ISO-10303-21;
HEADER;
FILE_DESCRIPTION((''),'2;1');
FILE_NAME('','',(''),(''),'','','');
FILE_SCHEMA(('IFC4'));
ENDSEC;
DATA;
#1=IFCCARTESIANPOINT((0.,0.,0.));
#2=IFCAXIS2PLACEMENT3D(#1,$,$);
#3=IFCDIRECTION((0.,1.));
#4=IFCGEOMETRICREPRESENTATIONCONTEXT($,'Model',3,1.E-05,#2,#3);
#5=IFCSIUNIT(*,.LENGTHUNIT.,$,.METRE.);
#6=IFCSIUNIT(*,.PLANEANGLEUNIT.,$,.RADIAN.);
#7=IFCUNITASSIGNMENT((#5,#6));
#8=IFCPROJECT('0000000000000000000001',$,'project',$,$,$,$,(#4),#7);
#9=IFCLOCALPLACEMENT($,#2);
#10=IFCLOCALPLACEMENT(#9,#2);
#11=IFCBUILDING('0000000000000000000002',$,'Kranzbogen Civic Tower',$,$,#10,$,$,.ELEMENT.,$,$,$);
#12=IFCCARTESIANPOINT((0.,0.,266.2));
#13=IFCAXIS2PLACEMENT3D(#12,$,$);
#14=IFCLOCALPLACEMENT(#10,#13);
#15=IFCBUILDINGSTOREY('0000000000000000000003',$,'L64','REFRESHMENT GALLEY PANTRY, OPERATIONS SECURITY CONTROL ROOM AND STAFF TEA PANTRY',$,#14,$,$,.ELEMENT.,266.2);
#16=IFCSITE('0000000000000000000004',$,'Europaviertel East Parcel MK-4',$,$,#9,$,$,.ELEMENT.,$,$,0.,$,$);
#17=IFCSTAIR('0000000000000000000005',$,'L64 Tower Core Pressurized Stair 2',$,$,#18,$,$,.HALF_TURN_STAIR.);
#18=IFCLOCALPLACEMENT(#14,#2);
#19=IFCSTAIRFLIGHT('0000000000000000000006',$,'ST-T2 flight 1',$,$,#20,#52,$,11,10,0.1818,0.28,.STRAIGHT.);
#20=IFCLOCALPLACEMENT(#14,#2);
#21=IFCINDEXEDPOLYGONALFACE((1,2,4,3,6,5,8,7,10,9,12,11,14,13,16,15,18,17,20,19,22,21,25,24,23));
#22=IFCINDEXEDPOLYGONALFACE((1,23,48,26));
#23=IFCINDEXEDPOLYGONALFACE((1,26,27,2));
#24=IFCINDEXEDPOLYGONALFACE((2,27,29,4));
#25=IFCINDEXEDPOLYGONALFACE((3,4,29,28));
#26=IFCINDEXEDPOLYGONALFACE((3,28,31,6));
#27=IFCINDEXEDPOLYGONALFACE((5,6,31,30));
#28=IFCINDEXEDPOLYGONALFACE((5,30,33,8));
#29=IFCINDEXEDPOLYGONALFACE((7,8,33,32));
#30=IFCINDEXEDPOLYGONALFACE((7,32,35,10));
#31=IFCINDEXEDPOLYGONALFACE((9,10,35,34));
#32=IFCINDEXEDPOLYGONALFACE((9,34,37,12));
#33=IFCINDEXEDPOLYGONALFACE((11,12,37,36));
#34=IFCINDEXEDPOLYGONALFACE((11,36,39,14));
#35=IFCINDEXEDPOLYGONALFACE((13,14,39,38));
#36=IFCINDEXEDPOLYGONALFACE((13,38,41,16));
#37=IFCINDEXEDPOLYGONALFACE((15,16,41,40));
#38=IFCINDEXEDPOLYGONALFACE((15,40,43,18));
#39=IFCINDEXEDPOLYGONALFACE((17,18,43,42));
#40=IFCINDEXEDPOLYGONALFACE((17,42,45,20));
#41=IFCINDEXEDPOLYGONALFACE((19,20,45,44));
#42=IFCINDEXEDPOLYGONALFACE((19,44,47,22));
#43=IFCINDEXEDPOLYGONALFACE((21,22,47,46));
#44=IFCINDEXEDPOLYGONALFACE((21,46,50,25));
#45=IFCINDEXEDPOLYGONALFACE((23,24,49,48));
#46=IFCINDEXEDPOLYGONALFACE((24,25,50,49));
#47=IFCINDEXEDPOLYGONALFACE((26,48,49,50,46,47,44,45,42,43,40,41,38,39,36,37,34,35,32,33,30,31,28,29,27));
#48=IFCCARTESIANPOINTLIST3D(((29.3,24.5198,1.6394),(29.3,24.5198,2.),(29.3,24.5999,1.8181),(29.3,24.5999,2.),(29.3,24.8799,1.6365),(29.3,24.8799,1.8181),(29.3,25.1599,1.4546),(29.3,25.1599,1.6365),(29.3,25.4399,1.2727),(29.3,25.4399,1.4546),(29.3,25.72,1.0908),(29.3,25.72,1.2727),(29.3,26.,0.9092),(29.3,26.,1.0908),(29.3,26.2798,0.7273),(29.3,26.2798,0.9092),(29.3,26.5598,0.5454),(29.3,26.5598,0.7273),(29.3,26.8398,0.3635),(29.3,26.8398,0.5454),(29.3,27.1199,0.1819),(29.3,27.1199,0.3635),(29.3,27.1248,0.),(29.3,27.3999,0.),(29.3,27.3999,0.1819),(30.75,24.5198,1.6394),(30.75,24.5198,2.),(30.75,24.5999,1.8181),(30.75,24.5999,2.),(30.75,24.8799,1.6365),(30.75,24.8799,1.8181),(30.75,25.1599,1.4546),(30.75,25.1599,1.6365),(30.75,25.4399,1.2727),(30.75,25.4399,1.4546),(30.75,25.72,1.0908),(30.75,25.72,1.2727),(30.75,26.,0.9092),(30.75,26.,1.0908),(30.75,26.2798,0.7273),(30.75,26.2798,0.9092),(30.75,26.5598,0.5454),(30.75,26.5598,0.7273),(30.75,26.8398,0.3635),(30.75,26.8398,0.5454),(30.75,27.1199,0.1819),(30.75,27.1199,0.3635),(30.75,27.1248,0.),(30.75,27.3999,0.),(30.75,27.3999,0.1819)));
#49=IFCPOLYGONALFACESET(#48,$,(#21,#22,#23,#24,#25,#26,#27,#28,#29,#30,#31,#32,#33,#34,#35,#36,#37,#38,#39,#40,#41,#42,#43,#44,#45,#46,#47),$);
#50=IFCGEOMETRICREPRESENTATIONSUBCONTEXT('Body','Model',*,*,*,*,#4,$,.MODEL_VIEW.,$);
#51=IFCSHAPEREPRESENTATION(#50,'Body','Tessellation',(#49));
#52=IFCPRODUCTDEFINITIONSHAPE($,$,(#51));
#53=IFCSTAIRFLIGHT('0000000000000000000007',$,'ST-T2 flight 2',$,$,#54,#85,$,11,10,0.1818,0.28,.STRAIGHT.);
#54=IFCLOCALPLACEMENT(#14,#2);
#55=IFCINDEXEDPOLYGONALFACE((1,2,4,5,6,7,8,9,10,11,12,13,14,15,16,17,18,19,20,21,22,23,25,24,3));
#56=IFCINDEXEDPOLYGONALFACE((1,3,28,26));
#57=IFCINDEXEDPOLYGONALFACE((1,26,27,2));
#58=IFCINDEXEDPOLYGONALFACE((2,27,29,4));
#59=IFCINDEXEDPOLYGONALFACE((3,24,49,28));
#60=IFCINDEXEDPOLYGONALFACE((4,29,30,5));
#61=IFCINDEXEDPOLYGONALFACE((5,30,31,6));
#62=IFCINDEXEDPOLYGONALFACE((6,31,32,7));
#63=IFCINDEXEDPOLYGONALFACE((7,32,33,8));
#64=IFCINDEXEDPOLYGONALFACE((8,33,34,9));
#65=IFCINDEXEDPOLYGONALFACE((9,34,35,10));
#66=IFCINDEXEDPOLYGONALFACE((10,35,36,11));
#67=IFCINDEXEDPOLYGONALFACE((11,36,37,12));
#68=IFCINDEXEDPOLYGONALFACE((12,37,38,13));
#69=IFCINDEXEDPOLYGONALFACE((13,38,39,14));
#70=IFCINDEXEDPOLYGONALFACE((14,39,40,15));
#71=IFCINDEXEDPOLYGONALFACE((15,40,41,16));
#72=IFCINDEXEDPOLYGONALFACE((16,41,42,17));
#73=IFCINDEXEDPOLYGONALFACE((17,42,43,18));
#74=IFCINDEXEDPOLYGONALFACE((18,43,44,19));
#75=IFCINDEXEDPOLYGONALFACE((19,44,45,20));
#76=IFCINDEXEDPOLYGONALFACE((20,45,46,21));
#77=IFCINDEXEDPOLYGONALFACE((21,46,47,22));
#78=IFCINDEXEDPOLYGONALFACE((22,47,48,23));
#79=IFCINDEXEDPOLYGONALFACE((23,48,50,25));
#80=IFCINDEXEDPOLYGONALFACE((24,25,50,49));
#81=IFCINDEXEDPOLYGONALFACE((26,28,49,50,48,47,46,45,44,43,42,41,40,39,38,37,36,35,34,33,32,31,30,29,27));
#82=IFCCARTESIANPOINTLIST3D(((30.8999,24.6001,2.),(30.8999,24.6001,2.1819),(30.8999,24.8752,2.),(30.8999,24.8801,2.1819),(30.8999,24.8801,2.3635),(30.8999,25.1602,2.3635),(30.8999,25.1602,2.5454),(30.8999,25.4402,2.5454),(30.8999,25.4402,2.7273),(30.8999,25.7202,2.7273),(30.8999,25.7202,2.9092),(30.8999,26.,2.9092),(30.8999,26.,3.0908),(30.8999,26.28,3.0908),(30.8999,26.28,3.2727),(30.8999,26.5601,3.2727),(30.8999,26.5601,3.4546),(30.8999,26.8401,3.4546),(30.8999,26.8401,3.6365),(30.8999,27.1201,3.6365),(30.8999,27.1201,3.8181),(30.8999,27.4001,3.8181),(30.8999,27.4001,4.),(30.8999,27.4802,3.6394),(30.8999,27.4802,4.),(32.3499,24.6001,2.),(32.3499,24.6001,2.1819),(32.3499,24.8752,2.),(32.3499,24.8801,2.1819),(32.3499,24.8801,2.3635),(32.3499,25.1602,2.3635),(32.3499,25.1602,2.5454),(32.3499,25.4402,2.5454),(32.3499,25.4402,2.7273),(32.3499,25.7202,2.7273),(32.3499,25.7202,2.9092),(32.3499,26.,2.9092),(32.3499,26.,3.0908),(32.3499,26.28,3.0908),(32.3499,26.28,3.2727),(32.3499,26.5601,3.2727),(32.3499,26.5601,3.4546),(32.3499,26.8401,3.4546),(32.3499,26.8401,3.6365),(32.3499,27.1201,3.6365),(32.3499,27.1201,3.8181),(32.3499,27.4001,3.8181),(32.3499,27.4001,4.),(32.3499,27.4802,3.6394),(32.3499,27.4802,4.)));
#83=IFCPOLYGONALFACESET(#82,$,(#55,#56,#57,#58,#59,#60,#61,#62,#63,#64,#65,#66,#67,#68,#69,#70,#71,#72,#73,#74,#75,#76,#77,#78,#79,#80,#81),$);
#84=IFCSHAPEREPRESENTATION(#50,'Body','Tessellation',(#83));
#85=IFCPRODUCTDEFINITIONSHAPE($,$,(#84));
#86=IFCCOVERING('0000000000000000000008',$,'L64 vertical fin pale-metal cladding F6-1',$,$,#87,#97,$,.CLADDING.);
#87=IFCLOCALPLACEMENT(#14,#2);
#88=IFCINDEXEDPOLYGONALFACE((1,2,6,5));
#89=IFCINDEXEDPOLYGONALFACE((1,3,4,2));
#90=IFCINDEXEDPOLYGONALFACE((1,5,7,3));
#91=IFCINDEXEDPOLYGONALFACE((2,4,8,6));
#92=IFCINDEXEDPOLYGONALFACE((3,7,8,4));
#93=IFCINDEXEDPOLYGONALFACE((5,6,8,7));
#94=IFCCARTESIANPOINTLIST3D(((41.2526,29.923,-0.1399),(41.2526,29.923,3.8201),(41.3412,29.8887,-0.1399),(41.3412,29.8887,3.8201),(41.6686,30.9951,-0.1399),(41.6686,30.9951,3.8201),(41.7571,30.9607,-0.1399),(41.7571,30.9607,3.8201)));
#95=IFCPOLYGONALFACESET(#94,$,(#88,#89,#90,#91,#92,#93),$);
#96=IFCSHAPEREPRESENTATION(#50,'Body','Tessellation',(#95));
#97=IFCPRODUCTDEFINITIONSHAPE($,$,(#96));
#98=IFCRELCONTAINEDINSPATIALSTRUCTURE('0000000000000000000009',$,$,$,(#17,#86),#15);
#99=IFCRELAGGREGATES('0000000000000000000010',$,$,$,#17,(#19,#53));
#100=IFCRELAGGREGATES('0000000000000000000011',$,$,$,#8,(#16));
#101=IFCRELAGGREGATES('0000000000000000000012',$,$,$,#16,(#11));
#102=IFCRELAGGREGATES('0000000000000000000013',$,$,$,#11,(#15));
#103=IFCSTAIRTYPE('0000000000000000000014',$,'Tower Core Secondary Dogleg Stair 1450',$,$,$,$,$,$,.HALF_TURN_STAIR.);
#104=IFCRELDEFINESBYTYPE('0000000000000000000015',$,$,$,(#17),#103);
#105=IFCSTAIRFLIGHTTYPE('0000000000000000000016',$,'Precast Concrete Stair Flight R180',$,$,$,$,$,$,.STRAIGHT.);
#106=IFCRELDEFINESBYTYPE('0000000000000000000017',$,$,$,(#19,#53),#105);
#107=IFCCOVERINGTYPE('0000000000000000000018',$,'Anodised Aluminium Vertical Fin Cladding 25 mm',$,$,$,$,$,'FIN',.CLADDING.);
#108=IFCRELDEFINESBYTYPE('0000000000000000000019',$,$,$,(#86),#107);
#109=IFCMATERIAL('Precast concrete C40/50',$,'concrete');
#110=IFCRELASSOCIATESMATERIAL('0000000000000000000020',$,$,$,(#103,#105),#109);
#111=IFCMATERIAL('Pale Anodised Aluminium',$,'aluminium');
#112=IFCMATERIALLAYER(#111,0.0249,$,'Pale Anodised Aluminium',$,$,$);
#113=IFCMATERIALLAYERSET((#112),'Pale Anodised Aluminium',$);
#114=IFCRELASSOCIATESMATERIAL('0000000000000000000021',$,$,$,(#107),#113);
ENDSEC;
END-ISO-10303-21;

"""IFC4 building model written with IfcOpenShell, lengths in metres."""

from ifc_helpers import new_model, si_unit, direction, frame, origin, origin_2d, place, context, subcontext, project, spatial, polyline, rectangle, outline, extrude, material, layer, layer_set, type_object, element, aggregate, save


model = new_model("IFC4")

# Units and contexts
model_context = context("Model", 3, precision=1e-05, world=origin(), true_north=direction((0.0, 1.0)))
body_context = subcontext(model_context, "Body", "Model", "MODEL_VIEW")
ifc_project = project(units=[si_unit("LENGTHUNIT", "METRE"), si_unit("PLANEANGLEUNIT", "RADIAN")], contexts=[model_context])

# Site, building, storey
site_placement = place(None, origin())
site = spatial("IfcSite", under=ifc_project, at=site_placement, Name="Europaviertel East Parcel MK-4", CompositionType="ELEMENT", RefElevation=0.0)
building_placement = place(site_placement, origin())
building = spatial("IfcBuilding", under=site, at=building_placement, Name="Kranzbogen Civic Tower", CompositionType="ELEMENT")
storey_placement = place(building_placement, frame((0.0, 0.0, 266.2)))
storey = spatial("IfcBuildingStorey", under=building, at=storey_placement, Name="L64", Description="REFRESHMENT GALLEY PANTRY, OPERATIONS SECURITY CONTROL ROOM AND STAFF TEA PANTRY", CompositionType="ELEMENT", Elevation=266.2)

# Shared definitions
ifc_material_1 = material(Name="Pale Anodised Aluminium", Category="aluminium")

# Stair, stair flights
ifc_material_2 = material(Name="Precast concrete C40/50", Category="concrete")
stair_type = type_object("IfcStairType", Name="Tower Core Secondary Dogleg Stair 1450", PredefinedType="HALF_TURN_STAIR", material=ifc_material_2)
stair_placement = place(storey_placement, origin())
stair = element("IfcStair", 1, at=stair_placement, inside=storey, type_object=stair_type, Name="L64 Tower Core Pressurized Stair 2", PredefinedType="HALF_TURN_STAIR")
stair_flight_type = type_object("IfcStairFlightType", Name="Precast Concrete Stair Flight R180", PredefinedType="STRAIGHT", material=ifc_material_2)
stair_flight_1_placement = place(storey_placement, frame((30.0249, 27.3999, 0.0), z_axis=(0.0, 0.0, 1.0), x_axis=(0.0, -1.0, 0.0)))
stair_flight_1 = element("IfcStairFlight", 2, at=stair_flight_1_placement, type_object=stair_flight_type, Name="ST-T2 flight 1", NumberOfRisers=11, NumberOfTreads=10, PredefinedType="STRAIGHT", RiserHeight=0.1818, TreadLength=0.28, context=body_context, shape_type="SweptSolid", body=[
    extrude(outline(polyline([(0.0, 0.0), (0.0, 0.1819), (0.28, 0.1819), (0.28, 0.3635), (0.5601, 0.3635), (0.5601, 0.5454), (0.8401, 0.5454), (0.8401, 0.7273), (1.1201, 0.7273), (1.1201, 0.9092), (1.3999, 0.9092), (1.3999, 1.0908), (1.6799, 1.0908), (1.6799, 1.2727), (1.96, 1.2727), (1.96, 1.4546), (2.24, 1.4546), (2.24, 1.6365), (2.52, 1.6365), (2.52, 1.8181), (2.8, 1.8181), (2.8, 2.0), (2.8801, 2.0), (2.8801, 1.6394), (0.2751, 0.0), (0.0, 0.0)])), frame((0.0, 0.7251, 0.0), z_axis=(0.0, -1.0, 0.0), x_axis=(1.0, 0.0, 0.0)), (0.0, 0.0, 1.0), 1.45),
])
stair_flight_2_placement = place(storey_placement, frame((31.625, 24.6001, 2.0), z_axis=(0.0, 0.0, 1.0), x_axis=(0.0, 1.0, 0.0)))
stair_flight_2 = element("IfcStairFlight", 3, at=stair_flight_2_placement, type_object=stair_flight_type, Name="ST-T2 flight 2", NumberOfRisers=11, NumberOfTreads=10, PredefinedType="STRAIGHT", RiserHeight=0.1818, TreadLength=0.28, context=body_context, shape_type="SweptSolid", body=[
    extrude(outline(polyline([(0.0, 0.0), (0.0, 0.1819), (0.28, 0.1819), (0.28, 0.3635), (0.5601, 0.3635), (0.5601, 0.5454), (0.8401, 0.5454), (0.8401, 0.7273), (1.1201, 0.7273), (1.1201, 0.9092), (1.3999, 0.9092), (1.3999, 1.0908), (1.6799, 1.0908), (1.6799, 1.2727), (1.96, 1.2727), (1.96, 1.4546), (2.24, 1.4546), (2.24, 1.6365), (2.52, 1.6365), (2.52, 1.8181), (2.8, 1.8181), (2.8, 2.0), (2.8801, 2.0), (2.8801, 1.6394), (0.2751, 0.0), (0.0, 0.0)])), frame((0.0, 0.7251, 0.0), z_axis=(0.0, -1.0, 0.0), x_axis=(1.0, 0.0, 0.0)), (0.0, 0.0, 1.0), 1.45),
])
aggregate(stair, [stair_flight_1, stair_flight_2])

# Covering
ifc_layer_1 = layer(ifc_material_1, 0.0249, Name="Pale Anodised Aluminium")
ifc_layer_set_1 = layer_set([ifc_layer_1], Name="Pale Anodised Aluminium")
covering_type = type_object("IfcCoveringType", Name="Anodised Aluminium Vertical Fin Cladding 25 mm", ElementType="FIN", PredefinedType="CLADDING", material=ifc_layer_set_1)
covering_placement = place(storey_placement, frame((41.5049, 30.4419, -0.1399), z_axis=(0.0, 0.0, 1.0), x_axis=(0.361706, 0.932292, 0.0)))
element("IfcCovering", 4, at=covering_placement, inside=storey, type_object=covering_type, Name="L64 vertical fin pale-metal cladding F6-1", PredefinedType="CLADDING", context=body_context, shape_type="SweptSolid", body=[
    extrude(rectangle(XDim=1.1499, YDim=0.095, at=origin_2d()), origin(), (0.0, 0.0, 1.0), 3.96),
])

save(model, "model.ifc")
